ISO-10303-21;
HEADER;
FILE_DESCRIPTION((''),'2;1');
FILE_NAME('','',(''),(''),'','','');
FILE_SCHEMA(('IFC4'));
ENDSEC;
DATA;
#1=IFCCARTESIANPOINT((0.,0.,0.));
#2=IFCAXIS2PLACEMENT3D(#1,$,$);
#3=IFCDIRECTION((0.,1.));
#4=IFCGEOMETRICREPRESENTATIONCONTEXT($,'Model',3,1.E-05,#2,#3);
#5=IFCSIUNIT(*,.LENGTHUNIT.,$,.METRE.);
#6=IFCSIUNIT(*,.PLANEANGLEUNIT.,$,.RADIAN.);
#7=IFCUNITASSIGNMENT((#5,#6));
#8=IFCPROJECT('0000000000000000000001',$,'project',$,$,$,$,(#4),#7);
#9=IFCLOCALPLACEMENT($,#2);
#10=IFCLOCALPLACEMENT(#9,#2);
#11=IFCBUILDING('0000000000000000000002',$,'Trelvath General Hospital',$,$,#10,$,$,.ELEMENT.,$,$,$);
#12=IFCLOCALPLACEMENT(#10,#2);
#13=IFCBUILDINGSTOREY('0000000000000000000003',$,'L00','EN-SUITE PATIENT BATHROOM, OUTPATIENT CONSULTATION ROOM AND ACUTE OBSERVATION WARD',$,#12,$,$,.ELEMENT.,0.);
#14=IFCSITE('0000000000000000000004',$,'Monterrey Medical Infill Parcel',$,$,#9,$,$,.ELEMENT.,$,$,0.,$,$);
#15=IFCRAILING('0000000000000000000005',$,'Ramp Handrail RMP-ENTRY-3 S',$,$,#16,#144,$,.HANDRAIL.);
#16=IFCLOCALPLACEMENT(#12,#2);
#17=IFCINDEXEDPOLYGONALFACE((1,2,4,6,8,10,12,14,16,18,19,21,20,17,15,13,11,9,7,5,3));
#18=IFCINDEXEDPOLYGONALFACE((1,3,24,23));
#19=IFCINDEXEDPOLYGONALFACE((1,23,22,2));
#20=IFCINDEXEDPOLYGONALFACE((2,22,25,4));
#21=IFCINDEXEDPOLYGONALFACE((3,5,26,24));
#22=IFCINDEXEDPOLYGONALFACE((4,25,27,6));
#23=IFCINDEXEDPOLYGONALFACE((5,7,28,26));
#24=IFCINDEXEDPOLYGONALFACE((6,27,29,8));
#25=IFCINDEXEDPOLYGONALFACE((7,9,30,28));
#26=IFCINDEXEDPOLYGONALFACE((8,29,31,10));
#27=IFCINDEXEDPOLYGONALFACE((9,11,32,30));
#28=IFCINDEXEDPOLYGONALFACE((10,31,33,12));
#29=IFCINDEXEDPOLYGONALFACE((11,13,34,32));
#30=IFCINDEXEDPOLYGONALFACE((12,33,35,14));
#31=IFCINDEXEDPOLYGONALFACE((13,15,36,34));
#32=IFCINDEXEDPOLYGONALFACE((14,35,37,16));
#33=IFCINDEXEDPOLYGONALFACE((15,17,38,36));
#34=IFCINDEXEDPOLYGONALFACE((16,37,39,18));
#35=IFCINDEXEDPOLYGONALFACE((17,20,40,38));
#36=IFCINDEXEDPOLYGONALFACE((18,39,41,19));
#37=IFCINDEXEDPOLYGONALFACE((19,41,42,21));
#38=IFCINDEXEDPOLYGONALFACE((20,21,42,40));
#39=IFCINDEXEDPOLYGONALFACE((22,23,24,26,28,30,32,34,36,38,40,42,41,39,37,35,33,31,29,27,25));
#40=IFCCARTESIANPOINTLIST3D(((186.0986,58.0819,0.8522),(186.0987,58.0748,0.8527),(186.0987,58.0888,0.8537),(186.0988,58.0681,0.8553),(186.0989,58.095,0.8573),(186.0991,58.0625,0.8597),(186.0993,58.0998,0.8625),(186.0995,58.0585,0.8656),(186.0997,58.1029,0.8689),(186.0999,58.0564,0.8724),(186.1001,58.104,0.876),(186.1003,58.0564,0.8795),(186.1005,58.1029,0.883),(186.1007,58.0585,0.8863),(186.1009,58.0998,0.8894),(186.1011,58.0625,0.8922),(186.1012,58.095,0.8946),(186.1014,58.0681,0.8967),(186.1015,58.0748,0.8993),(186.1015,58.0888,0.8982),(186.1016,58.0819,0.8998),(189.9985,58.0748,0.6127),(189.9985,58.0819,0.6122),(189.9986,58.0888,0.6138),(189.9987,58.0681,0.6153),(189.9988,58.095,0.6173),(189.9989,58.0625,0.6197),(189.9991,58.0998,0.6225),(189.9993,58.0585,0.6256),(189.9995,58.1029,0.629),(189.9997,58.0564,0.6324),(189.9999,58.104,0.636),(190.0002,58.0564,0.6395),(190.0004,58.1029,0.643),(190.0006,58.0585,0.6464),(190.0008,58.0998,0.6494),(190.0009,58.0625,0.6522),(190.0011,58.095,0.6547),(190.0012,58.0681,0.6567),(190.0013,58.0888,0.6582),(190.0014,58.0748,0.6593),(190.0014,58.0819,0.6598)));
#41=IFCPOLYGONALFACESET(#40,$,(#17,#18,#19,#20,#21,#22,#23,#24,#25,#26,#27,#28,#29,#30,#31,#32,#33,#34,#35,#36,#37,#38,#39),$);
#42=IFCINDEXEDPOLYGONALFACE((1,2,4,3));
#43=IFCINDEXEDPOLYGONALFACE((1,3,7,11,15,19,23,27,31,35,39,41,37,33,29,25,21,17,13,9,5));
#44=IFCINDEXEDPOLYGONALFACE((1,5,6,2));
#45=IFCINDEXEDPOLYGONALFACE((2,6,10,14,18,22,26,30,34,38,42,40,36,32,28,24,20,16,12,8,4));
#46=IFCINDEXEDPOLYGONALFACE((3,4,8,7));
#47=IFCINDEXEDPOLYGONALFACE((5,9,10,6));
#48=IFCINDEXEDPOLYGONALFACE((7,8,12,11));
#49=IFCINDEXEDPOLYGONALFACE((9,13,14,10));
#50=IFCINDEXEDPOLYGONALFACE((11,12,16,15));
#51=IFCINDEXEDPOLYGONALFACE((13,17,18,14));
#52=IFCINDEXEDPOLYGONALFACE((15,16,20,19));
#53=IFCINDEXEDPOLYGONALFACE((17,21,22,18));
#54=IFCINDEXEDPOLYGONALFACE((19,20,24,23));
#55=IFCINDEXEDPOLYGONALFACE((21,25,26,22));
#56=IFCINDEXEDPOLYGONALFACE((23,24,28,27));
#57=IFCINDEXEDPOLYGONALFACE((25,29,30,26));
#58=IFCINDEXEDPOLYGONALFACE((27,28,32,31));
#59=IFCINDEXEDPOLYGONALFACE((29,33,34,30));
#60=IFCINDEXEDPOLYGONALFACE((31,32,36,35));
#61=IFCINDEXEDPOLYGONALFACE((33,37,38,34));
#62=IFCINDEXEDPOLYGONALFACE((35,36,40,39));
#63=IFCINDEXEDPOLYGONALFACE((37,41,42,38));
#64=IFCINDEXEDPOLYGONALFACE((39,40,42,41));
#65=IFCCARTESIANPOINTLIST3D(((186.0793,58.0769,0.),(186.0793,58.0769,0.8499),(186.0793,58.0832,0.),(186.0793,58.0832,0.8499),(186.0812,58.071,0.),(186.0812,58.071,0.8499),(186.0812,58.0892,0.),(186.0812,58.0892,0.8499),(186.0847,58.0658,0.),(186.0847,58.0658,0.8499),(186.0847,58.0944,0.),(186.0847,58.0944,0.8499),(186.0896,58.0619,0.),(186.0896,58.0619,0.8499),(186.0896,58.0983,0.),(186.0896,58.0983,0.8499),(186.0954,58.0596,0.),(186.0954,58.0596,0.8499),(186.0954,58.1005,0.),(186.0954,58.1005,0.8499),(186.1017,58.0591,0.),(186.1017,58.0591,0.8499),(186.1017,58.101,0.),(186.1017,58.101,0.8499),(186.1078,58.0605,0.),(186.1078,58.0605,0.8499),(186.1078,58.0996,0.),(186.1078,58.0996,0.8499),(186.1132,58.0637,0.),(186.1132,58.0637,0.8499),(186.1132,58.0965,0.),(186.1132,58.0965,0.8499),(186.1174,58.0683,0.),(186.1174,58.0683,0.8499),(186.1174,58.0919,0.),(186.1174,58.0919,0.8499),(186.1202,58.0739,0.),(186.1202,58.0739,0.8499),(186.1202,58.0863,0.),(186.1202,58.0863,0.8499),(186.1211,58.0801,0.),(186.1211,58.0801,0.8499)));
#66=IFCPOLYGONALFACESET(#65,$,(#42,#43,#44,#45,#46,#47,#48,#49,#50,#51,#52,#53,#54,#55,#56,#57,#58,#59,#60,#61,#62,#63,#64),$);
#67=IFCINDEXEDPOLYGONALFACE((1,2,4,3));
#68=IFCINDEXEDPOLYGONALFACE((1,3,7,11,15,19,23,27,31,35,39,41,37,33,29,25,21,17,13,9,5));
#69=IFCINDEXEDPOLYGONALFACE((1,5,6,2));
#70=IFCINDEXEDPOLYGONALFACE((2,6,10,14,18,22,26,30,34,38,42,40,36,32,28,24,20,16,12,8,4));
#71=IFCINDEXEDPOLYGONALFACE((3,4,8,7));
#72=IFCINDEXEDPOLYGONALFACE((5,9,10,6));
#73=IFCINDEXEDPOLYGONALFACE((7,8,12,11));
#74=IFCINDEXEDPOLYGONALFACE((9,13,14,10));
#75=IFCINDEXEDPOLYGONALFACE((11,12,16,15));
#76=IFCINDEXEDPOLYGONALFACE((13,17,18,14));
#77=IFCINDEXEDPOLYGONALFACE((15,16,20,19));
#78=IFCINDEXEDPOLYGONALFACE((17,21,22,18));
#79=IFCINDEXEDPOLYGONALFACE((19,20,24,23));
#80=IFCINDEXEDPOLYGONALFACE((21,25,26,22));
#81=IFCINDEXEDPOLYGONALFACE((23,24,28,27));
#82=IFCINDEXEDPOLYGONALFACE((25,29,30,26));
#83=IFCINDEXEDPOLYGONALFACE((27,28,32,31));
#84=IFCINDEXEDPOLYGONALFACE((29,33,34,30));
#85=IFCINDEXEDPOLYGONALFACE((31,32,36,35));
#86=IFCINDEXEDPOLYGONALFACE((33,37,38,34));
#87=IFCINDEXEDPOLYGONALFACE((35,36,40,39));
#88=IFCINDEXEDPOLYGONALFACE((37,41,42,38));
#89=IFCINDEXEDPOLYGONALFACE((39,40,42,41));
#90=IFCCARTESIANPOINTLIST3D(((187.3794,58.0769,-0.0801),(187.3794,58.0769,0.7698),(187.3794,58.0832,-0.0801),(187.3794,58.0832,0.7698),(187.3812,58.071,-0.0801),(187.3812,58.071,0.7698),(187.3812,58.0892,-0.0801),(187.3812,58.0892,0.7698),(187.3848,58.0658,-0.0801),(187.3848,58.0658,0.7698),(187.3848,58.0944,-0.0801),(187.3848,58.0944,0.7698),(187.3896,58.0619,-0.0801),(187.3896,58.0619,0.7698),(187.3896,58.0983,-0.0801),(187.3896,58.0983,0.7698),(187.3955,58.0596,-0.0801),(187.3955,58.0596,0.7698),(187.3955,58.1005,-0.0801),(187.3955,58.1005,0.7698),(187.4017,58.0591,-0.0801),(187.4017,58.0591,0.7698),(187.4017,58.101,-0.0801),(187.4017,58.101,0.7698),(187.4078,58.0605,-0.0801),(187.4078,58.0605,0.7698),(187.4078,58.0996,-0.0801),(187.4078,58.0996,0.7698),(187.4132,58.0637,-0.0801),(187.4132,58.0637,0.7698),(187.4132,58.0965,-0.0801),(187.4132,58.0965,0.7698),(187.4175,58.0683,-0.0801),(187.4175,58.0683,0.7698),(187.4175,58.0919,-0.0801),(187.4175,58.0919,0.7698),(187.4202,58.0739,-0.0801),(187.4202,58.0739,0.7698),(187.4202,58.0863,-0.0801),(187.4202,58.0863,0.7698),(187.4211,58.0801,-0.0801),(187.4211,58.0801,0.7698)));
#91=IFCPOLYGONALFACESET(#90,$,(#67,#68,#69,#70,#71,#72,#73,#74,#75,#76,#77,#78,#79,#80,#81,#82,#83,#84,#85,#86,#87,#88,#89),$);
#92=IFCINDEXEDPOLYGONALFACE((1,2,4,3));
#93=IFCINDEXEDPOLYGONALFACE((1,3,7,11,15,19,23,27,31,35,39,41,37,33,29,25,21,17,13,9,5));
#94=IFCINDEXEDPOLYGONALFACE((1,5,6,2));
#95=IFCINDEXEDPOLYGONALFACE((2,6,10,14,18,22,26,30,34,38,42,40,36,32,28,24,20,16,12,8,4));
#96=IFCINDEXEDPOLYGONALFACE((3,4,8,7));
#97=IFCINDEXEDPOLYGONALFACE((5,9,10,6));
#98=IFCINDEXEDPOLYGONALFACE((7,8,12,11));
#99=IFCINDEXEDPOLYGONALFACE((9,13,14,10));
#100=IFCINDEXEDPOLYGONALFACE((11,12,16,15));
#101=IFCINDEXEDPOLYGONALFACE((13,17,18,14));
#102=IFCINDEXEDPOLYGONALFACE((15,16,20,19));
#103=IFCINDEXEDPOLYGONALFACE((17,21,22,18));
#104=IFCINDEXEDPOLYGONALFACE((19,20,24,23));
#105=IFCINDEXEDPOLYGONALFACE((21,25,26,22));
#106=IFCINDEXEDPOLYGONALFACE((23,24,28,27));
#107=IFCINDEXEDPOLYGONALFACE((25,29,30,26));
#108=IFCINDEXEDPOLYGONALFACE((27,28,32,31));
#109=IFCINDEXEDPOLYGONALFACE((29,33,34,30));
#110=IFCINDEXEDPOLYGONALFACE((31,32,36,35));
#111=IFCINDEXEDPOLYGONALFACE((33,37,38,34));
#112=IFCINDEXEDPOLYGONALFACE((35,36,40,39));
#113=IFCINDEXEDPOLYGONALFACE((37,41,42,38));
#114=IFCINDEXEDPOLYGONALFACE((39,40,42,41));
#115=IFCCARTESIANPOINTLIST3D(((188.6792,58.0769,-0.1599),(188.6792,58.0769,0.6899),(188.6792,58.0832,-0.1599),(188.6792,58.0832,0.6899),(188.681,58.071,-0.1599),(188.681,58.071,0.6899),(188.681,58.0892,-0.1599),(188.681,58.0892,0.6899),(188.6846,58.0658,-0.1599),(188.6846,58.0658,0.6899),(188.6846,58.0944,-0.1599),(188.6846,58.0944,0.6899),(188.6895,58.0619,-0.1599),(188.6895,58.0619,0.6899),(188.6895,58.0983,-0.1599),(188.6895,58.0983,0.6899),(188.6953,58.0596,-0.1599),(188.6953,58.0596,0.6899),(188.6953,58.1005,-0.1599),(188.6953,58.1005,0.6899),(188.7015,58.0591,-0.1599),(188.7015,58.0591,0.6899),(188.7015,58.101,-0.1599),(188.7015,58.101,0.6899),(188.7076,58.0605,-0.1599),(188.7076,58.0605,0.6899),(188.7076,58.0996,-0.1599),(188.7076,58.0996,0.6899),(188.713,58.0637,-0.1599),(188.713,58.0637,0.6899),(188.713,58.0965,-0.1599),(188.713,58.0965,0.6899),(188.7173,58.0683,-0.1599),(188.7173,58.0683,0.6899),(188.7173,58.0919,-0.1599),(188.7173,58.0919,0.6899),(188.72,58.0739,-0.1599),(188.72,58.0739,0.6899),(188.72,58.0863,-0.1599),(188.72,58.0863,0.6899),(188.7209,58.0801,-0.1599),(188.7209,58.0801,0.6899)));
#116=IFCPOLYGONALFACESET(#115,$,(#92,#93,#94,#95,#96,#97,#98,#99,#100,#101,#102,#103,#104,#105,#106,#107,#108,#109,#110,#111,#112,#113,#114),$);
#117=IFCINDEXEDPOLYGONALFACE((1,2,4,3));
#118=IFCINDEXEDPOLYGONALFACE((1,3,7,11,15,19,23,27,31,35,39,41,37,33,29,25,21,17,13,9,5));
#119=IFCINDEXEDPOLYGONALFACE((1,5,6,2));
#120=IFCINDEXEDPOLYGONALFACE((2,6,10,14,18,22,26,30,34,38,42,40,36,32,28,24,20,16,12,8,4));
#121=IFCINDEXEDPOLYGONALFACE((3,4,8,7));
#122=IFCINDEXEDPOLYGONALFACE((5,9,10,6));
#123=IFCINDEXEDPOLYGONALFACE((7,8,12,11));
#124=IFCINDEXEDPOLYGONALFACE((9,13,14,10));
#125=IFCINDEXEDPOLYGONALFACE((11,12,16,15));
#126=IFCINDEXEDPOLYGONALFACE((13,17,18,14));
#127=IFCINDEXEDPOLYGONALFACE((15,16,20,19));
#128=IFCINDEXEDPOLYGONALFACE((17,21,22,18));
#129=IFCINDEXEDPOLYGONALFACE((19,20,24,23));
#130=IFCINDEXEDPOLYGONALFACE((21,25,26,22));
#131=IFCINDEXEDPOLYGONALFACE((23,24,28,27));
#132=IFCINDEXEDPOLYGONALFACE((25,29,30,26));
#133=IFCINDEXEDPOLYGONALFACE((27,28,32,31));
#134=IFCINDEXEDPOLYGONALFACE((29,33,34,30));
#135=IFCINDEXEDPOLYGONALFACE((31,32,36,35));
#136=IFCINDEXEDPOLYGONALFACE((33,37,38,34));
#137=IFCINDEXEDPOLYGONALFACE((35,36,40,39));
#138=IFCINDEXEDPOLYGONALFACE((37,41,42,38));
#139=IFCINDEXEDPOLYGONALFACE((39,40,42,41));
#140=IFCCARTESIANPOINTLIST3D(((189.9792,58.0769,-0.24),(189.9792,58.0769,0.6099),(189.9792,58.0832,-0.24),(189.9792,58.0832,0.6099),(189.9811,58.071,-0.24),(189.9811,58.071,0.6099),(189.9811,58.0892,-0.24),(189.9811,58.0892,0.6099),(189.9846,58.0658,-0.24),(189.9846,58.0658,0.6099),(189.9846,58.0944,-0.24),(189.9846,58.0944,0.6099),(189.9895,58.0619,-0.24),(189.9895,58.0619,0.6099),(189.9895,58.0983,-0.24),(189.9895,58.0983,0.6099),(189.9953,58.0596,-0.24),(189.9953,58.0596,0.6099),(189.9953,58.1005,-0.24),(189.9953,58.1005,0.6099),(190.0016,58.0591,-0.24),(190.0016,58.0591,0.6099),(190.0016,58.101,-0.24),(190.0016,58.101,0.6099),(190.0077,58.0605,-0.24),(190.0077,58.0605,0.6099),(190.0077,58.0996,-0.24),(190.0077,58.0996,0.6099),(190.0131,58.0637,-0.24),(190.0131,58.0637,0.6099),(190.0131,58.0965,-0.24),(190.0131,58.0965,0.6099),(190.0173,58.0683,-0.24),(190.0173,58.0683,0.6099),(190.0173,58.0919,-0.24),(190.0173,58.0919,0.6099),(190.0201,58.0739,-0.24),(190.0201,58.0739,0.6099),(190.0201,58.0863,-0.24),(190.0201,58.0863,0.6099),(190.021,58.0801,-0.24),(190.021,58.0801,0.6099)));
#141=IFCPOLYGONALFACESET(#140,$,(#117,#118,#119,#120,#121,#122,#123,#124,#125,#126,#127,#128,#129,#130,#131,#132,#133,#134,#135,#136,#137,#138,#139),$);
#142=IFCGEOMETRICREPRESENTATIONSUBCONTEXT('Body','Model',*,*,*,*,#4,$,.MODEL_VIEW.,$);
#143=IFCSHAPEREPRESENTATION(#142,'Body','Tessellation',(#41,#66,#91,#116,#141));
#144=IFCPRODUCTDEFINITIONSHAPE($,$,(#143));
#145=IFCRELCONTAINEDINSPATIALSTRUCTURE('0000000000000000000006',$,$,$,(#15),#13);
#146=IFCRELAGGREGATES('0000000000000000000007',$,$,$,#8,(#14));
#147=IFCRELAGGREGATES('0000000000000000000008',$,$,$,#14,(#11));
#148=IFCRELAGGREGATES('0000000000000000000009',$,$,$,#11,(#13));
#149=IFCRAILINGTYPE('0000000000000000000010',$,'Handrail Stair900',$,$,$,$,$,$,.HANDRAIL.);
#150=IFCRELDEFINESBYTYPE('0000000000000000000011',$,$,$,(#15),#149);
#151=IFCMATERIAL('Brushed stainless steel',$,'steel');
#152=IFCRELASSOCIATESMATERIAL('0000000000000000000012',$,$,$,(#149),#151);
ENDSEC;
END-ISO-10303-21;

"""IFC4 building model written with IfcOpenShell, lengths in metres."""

from ifc_helpers import new_model, si_unit, direction, frame, origin, origin_2d, place, context, subcontext, project, spatial, circle, extrude, material, type_object, element, save


model = new_model("IFC4")

# Units and contexts
model_context = context("Model", 3, precision=1e-05, world=origin(), true_north=direction((0.0, 1.0)))
body_context = subcontext(model_context, "Body", "Model", "MODEL_VIEW")
ifc_project = project(units=[si_unit("LENGTHUNIT", "METRE"), si_unit("PLANEANGLEUNIT", "RADIAN")], contexts=[model_context])

# Site, building, storey
site_placement = place(None, origin())
site = spatial("IfcSite", under=ifc_project, at=site_placement, Name="Monterrey Medical Infill Parcel", CompositionType="ELEMENT", RefElevation=0.0)
building_placement = place(site_placement, origin())
building = spatial("IfcBuilding", under=site, at=building_placement, Name="Trelvath General Hospital", CompositionType="ELEMENT")
storey_placement = place(building_placement, origin())
storey = spatial("IfcBuildingStorey", under=building, at=storey_placement, Name="L00", Description="EN-SUITE PATIENT BATHROOM, OUTPATIENT CONSULTATION ROOM AND ACUTE OBSERVATION WARD", CompositionType="ELEMENT", Elevation=0.0)

# Railing
ifc_material_1 = material(Name="Brushed stainless steel", Category="steel")
railing_type = type_object("IfcRailingType", Name="Handrail Stair900", PredefinedType="HANDRAIL", material=ifc_material_1)
railing_placement = place(storey_placement, frame((186.1001, 58.0801, 0.0)))
element("IfcRailing", 1, at=railing_placement, inside=storey, type_object=railing_type, Name="Ramp Handrail RMP-ENTRY-3 S", PredefinedType="HANDRAIL", context=body_context, shape_type="SweptSolid", body=[
    extrude(circle(Radius=0.0239, at=origin_2d()), frame((0.0, 0.0, 0.876), z_axis=(0.998112, 0.0, -0.061421), x_axis=(0.0, 1.0, 0.0)), (0.0, 0.0, 1.0), 3.9072),
    extrude(circle(Radius=0.021, at=origin_2d()), origin(), (0.0, 0.0, 1.0), 0.8499),
    extrude(circle(Radius=0.021, at=origin_2d()), frame((1.3, 0.0, -0.0801)), (0.0, 0.0, 1.0), 0.8499),
    extrude(circle(Radius=0.021, at=origin_2d()), frame((2.5999, 0.0, -0.1599)), (0.0, 0.0, 1.0), 0.8499),
    extrude(circle(Radius=0.021, at=origin_2d()), frame((3.8999, 0.0, -0.24)), (0.0, 0.0, 1.0), 0.8499),
])

save(model, "model.ifc")
